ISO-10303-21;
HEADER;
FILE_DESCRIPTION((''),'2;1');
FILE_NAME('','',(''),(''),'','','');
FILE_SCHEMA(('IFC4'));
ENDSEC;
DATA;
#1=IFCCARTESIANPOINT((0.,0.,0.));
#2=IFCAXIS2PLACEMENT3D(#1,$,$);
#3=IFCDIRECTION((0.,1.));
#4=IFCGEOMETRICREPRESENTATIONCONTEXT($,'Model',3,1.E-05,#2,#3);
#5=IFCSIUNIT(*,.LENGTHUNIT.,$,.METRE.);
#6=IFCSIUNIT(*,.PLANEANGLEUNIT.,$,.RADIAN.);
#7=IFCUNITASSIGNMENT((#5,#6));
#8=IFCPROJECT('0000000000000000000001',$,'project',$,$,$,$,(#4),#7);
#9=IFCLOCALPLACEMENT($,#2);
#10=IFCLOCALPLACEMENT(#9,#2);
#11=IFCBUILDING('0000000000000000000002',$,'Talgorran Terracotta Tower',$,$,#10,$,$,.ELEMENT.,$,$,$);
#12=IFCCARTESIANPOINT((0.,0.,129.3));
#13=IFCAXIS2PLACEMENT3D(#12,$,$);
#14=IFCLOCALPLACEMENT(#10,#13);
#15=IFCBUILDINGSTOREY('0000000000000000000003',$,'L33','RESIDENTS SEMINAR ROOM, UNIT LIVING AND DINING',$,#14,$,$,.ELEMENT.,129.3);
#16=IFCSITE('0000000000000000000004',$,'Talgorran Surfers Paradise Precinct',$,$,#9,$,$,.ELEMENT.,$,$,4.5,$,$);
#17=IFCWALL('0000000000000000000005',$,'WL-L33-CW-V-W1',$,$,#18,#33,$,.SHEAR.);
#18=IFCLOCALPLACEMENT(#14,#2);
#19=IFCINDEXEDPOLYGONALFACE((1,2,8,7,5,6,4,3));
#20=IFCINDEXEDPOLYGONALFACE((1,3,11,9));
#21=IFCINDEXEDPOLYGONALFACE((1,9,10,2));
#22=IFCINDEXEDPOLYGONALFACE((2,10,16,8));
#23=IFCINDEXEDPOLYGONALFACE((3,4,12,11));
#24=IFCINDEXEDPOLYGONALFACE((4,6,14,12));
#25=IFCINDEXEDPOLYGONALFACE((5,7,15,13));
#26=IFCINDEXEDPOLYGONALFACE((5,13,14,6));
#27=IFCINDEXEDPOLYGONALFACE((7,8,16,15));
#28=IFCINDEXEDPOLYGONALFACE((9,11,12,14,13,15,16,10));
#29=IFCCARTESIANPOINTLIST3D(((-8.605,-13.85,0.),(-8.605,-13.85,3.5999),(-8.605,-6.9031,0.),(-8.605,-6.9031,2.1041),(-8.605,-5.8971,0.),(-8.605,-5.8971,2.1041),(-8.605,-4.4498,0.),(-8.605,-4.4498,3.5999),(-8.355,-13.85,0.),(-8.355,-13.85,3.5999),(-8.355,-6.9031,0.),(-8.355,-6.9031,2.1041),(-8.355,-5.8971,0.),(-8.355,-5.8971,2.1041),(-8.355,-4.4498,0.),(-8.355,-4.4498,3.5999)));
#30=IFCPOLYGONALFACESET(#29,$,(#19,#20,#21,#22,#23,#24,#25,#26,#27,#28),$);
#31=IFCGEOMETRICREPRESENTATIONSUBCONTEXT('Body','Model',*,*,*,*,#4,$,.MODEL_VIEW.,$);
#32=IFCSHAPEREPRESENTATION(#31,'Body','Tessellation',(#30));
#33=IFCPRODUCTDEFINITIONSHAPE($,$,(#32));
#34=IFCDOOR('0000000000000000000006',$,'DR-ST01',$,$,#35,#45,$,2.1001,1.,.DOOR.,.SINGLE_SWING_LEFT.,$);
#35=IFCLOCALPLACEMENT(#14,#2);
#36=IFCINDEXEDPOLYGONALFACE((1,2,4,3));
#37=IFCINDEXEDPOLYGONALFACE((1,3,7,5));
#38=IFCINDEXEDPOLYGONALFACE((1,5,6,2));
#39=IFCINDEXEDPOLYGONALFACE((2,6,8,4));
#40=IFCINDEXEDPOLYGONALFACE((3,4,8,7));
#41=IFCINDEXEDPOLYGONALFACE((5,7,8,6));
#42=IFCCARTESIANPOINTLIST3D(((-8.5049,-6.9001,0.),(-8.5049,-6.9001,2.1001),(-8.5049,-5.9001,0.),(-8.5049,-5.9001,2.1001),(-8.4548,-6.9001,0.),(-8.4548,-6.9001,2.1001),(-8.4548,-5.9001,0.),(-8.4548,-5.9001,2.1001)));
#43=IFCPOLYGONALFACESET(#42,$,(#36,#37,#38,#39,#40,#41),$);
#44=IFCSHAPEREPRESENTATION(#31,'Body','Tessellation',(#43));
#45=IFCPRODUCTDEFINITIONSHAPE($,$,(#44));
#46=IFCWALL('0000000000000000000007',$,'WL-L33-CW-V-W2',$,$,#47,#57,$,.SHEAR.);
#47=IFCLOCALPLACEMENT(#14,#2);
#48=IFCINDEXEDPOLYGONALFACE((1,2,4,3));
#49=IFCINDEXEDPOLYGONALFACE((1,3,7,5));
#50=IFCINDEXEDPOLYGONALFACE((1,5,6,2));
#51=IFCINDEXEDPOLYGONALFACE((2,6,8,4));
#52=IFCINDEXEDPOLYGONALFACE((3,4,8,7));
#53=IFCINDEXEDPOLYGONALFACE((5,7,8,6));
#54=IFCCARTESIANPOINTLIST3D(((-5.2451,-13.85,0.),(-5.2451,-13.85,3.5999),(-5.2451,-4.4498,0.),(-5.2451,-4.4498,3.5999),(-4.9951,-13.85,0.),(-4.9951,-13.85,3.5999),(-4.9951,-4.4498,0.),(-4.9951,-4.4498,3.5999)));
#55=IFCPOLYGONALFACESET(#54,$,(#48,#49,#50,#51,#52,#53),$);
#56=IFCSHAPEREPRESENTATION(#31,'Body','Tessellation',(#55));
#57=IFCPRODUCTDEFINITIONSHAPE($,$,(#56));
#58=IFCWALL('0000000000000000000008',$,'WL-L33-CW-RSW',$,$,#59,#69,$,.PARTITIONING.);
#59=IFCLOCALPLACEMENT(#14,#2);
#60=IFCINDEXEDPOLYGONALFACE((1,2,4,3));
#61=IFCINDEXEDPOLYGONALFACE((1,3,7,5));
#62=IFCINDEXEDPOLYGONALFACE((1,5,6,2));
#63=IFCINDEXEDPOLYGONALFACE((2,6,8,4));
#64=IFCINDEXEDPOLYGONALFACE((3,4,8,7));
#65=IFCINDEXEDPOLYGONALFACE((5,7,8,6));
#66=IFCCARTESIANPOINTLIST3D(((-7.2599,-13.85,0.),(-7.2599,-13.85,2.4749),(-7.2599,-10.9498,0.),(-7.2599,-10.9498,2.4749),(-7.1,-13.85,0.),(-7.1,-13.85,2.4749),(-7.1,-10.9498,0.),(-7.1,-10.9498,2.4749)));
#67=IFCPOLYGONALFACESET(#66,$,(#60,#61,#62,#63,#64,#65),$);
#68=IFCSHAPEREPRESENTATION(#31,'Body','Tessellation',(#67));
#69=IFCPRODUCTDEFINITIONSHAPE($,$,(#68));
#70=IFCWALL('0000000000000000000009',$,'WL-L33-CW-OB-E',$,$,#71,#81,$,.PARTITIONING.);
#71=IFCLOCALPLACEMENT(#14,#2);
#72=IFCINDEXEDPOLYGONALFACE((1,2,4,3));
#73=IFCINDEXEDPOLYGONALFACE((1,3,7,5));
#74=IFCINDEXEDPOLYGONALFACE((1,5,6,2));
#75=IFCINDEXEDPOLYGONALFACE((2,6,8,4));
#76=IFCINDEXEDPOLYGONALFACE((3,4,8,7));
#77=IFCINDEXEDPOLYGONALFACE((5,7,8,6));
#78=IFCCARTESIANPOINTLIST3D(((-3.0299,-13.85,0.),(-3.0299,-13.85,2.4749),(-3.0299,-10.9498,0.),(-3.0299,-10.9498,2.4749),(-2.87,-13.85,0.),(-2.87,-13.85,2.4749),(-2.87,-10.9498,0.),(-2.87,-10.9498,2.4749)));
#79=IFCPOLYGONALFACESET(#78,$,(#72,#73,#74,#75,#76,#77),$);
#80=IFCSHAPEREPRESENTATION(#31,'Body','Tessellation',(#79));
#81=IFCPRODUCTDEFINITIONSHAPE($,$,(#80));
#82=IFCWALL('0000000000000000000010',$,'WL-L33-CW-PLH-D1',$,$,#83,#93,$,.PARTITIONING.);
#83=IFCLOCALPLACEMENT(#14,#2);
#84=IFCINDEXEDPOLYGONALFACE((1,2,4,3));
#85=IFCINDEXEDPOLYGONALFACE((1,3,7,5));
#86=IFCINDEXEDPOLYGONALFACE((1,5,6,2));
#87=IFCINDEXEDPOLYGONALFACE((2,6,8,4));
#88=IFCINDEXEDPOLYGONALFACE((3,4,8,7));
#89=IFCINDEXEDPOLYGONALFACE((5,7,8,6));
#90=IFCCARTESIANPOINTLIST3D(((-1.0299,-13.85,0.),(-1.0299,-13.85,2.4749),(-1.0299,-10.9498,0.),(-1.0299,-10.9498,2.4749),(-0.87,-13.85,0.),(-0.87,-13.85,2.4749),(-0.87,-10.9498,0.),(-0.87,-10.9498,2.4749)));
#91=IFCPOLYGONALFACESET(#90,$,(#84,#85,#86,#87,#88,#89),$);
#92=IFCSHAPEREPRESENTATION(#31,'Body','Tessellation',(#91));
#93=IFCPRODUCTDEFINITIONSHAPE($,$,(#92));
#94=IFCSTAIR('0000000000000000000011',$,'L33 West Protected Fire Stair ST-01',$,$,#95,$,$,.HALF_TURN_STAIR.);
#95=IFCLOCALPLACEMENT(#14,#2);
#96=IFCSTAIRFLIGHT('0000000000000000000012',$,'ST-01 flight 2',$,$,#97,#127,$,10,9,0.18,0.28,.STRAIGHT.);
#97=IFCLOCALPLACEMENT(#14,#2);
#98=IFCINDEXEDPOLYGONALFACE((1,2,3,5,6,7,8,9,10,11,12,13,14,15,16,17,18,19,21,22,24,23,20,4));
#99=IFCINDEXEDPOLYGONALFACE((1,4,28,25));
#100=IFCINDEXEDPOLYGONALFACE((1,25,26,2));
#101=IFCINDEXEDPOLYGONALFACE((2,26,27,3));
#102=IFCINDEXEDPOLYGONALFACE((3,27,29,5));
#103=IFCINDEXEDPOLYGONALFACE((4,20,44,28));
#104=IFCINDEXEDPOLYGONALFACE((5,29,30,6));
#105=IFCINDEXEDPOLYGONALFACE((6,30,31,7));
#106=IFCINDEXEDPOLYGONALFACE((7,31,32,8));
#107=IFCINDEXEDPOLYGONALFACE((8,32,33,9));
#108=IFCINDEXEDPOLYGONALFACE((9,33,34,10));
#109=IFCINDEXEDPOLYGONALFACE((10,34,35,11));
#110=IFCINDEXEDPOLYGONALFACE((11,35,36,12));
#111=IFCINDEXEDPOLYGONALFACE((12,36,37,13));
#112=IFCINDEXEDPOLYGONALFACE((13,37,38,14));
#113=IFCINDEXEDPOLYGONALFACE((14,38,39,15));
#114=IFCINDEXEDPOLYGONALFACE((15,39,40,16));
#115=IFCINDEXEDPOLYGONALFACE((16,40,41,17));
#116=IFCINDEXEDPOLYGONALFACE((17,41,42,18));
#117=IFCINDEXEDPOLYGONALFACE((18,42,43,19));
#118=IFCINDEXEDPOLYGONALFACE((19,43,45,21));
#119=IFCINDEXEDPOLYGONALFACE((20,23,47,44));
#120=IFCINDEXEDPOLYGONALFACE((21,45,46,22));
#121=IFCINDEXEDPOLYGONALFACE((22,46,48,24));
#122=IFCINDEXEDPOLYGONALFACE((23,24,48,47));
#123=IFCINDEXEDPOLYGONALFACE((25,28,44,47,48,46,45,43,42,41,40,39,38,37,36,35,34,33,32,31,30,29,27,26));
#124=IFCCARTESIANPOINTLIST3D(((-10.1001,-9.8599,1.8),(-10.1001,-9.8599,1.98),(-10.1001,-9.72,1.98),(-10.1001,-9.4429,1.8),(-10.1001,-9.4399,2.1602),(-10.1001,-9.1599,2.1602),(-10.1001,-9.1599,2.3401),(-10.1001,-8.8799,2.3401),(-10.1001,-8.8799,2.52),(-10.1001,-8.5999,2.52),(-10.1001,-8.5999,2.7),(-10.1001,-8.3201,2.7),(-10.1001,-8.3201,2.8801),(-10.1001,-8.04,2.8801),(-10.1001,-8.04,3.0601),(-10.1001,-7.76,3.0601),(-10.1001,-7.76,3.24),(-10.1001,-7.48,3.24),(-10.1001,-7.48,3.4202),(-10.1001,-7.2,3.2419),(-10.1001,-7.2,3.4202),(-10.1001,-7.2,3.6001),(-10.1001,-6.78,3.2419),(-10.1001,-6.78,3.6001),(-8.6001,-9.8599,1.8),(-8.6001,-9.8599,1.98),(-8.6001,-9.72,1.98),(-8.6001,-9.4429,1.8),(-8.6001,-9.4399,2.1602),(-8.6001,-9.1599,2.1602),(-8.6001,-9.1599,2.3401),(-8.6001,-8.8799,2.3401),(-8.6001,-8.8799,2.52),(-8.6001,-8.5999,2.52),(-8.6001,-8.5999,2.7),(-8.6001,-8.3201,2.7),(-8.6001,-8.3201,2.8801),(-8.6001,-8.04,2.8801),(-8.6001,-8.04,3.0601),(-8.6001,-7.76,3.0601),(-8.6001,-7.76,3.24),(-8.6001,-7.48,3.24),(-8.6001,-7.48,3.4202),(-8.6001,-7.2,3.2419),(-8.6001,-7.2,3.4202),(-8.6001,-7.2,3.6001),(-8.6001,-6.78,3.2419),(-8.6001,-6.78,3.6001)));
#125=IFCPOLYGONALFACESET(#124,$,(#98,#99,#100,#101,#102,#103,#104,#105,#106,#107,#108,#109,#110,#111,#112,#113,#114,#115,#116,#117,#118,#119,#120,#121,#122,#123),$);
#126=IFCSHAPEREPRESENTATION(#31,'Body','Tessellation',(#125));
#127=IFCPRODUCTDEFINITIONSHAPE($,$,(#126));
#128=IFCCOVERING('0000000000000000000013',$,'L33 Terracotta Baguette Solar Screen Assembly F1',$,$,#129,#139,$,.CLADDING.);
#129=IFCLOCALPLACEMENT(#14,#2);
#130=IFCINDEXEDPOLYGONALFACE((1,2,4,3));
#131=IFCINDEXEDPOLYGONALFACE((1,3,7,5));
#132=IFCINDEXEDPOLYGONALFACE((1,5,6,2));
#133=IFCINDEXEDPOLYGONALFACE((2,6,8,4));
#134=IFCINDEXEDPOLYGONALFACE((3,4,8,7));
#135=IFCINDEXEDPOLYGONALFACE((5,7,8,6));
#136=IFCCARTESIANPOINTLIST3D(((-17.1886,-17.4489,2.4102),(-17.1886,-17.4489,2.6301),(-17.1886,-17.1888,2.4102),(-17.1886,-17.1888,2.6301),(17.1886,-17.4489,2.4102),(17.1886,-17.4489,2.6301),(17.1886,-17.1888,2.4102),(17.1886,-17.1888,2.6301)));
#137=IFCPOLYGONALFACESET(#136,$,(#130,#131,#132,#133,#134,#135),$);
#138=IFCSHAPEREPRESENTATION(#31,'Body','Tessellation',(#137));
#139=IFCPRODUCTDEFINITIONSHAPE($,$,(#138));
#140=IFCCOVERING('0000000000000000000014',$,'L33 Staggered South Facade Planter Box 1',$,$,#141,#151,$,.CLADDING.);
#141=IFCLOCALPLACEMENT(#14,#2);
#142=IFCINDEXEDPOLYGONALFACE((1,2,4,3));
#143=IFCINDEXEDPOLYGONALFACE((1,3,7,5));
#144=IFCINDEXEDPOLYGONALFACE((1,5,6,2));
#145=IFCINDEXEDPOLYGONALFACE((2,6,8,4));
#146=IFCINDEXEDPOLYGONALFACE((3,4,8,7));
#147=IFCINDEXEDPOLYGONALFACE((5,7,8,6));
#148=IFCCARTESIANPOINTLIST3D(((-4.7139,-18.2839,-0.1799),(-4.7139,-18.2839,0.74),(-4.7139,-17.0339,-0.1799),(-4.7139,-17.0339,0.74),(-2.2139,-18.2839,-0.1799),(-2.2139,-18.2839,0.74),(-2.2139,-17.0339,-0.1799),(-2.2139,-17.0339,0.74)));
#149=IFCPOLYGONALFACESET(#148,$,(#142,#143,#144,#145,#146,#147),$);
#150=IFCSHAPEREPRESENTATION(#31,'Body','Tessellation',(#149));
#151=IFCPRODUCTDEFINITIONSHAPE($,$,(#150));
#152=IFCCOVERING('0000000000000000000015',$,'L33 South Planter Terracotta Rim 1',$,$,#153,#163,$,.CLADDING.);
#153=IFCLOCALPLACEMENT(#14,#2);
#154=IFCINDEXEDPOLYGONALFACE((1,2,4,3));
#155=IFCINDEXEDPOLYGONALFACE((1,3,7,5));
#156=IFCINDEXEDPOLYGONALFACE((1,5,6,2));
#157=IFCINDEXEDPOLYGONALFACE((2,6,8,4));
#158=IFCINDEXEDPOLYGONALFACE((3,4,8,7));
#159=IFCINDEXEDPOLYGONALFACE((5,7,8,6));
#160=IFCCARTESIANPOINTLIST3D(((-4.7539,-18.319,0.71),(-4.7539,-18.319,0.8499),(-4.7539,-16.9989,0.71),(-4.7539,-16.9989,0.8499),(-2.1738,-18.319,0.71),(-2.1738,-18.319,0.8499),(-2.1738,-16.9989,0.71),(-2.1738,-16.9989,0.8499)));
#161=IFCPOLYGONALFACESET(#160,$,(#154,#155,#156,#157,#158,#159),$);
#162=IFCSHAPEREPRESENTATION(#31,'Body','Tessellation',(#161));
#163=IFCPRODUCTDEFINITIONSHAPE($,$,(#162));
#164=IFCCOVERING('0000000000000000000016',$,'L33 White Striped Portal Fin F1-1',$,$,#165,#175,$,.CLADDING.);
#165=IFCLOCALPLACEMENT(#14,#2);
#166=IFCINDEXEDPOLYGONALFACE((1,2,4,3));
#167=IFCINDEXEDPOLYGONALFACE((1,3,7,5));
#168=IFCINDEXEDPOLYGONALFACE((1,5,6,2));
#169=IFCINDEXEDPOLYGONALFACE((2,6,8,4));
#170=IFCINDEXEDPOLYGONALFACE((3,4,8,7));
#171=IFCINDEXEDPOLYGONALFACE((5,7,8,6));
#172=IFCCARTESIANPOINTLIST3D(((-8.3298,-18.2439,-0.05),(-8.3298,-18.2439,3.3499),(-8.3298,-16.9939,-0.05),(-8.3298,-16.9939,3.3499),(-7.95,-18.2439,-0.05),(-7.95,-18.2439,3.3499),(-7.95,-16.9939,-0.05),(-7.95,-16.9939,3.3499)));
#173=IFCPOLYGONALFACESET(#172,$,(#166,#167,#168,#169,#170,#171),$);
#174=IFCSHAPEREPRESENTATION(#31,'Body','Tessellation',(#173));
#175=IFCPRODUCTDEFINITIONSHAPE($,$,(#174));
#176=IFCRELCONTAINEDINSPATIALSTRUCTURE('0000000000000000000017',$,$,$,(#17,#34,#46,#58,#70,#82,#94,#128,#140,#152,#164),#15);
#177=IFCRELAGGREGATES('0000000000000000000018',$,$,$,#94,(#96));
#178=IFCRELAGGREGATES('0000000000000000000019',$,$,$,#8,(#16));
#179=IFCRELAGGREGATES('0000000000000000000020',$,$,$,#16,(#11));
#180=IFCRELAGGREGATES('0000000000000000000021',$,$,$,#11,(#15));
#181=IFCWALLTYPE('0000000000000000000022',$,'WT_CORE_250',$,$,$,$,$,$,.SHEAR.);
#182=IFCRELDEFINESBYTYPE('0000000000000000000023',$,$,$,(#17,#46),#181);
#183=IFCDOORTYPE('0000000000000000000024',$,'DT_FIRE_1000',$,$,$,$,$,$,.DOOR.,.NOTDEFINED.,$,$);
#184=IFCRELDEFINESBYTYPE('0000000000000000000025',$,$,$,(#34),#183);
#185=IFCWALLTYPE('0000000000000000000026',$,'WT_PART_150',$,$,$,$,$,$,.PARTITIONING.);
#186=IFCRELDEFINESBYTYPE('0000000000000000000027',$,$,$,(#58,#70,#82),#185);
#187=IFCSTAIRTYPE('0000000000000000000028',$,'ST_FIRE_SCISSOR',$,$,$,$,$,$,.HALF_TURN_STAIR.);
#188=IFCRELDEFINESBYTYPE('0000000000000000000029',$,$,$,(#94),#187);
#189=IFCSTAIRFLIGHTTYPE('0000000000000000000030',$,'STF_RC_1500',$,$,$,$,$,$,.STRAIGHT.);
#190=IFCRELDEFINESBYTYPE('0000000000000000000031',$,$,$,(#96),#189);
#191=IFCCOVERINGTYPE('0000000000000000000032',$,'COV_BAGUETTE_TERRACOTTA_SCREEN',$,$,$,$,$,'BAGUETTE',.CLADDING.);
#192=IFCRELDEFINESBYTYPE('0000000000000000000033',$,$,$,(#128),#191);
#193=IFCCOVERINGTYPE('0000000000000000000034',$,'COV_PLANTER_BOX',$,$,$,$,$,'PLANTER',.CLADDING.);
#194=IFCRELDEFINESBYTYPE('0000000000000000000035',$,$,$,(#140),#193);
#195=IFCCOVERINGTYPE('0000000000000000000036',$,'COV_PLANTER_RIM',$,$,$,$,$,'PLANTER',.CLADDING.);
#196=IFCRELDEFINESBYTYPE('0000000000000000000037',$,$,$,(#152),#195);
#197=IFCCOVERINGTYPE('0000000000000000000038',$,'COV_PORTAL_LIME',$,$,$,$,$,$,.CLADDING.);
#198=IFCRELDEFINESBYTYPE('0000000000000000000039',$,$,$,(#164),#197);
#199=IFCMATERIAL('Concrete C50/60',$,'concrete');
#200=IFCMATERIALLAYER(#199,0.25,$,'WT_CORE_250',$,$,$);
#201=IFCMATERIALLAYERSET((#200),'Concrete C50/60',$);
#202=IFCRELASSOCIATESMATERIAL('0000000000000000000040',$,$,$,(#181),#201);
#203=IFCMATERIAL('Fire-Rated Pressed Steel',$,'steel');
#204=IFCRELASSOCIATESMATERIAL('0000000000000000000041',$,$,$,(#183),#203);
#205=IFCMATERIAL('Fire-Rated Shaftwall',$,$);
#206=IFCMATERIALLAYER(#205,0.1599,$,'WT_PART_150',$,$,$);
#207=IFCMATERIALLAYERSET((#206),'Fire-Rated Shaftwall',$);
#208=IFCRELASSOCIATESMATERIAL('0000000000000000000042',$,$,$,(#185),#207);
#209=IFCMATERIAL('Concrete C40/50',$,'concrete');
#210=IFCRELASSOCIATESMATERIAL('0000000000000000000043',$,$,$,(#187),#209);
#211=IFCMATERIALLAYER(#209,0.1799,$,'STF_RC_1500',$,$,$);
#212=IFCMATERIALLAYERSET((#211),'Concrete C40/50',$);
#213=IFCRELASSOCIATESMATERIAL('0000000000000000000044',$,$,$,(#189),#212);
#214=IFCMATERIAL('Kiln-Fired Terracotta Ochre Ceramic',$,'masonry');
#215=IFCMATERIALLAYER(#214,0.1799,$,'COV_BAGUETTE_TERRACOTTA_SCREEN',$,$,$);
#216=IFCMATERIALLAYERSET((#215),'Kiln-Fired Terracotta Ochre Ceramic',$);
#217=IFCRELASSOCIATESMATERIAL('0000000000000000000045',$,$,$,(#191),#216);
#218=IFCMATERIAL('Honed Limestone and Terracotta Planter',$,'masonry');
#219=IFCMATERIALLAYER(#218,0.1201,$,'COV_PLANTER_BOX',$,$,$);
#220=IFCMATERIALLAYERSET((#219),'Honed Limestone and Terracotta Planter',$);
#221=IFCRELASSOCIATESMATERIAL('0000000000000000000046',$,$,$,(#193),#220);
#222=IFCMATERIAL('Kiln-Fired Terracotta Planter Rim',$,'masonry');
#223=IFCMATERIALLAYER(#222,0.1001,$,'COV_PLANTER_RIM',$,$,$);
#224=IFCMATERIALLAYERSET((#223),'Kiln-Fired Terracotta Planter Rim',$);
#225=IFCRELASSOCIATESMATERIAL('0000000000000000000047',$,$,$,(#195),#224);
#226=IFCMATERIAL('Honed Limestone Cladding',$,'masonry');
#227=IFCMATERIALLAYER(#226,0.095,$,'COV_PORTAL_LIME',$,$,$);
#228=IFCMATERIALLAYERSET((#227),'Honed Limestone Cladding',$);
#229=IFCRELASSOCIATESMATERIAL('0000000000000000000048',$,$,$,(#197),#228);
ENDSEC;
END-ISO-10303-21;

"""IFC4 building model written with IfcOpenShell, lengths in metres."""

from ifc_helpers import new_model, si_unit, direction, frame, frame_2d, origin, origin_2d, place, context, subcontext, project, spatial, polyline, rectangle, outline, extrude, material, layer, layer_set, type_object, element, fill, aggregate, save


model = new_model("IFC4")

# Units and contexts
model_context = context("Model", 3, precision=1e-05, world=origin(), true_north=direction((0.0, 1.0)))
body_context = subcontext(model_context, "Body", "Model", "MODEL_VIEW")
ifc_project = project(units=[si_unit("LENGTHUNIT", "METRE"), si_unit("PLANEANGLEUNIT", "RADIAN")], contexts=[model_context])

# Site, building, storey
site_placement = place(None, origin())
site = spatial("IfcSite", under=ifc_project, at=site_placement, Name="Talgorran Surfers Paradise Precinct", CompositionType="ELEMENT", RefElevation=4.5)
building_placement = place(site_placement, origin())
building = spatial("IfcBuilding", under=site, at=building_placement, Name="Talgorran Terracotta Tower", CompositionType="ELEMENT")
storey_placement = place(building_placement, frame((0.0, 0.0, 129.3)))
storey = spatial("IfcBuildingStorey", under=building, at=storey_placement, Name="L33", Description="RESIDENTS SEMINAR ROOM, UNIT LIVING AND DINING", CompositionType="ELEMENT", Elevation=129.3)

# Shared definitions
ifc_material_1 = material(Name="Concrete C50/60", Category="concrete")

# Shared definitions
ifc_material_2 = material(Name="Fire-Rated Pressed Steel", Category="steel")

# Wall, opening, door
ifc_layer_1 = layer(ifc_material_1, 0.25, Name="WT_CORE_250")
ifc_layer_set_1 = layer_set([ifc_layer_1], Name="Concrete C50/60")
wall_type_1 = type_object("IfcWallType", Name="WT_CORE_250", PredefinedType="SHEAR", material=ifc_layer_set_1)
wall_1_placement = place(storey_placement, frame((-8.48, -13.8501, 0.0), z_axis=(0.0, 0.0, 1.0), x_axis=(0.0, 1.0, 0.0)))
wall_1 = element("IfcWall", 1, at=wall_1_placement, inside=storey, type_object=wall_type_1, Name="WL-L33-CW-V-W1", PredefinedType="SHEAR", context=body_context, shape_type="SweptSolid", body=[
    extrude(rectangle(XDim=9.4001, YDim=0.25, at=frame_2d((4.7002, 0.0))), origin(), (0.0, 0.0, 1.0), 3.5999),
])
opening_1_placement = place(wall_1_placement, frame((6.95, 0.0, 0.0)))
opening_1 = element("IfcOpeningElement", 2, at=opening_1_placement, cuts=wall_1, PredefinedType="OPENING", context=body_context, shape_type="SweptSolid", body=[
    extrude(rectangle(XDim=1.006, YDim=2.1041, at=frame_2d((0.5, 1.052))), frame((0.0, 0.135, 0.0), z_axis=(0.0, -1.0, 0.0), x_axis=(1.0, 0.0, 0.0)), (0.0, 0.0, 1.0), 0.27),
])
door_type_1 = type_object("IfcDoorType", Name="DT_FIRE_1000", OperationType="NOTDEFINED", PredefinedType="DOOR", material=ifc_material_2)
door_1_placement = place(opening_1_placement, origin())
door_1 = element("IfcDoor", 3, at=door_1_placement, inside=storey, type_object=door_type_1, Name="DR-ST01", OperationType="SINGLE_SWING_LEFT", OverallHeight=2.1001, OverallWidth=1.0, PredefinedType="DOOR", context=body_context, shape_type="SweptSolid", body=[
    extrude(rectangle(XDim=1.0, YDim=2.1001, at=frame_2d((0.5, 1.05))), frame((0.0, 0.0249, 0.0), z_axis=(0.0, -1.0, 0.0), x_axis=(1.0, 0.0, 0.0)), (0.0, 0.0, 1.0), 0.05),
])
fill(opening_1, door_1)

# Walls
wall_2_placement = place(storey_placement, frame((-5.1201, -13.8501, 0.0), z_axis=(0.0, 0.0, 1.0), x_axis=(0.0, 1.0, 0.0)))
element("IfcWall", 4, at=wall_2_placement, inside=storey, type_object=wall_type_1, Name="WL-L33-CW-V-W2", PredefinedType="SHEAR", context=body_context, shape_type="SweptSolid", body=[
    extrude(rectangle(XDim=9.4001, YDim=0.25, at=frame_2d((4.7002, 0.0))), origin(), (0.0, 0.0, 1.0), 3.5999),
])
ifc_material_3 = material(Name="Fire-Rated Shaftwall")
ifc_layer_2 = layer(ifc_material_3, 0.1599, Name="WT_PART_150")
ifc_layer_set_2 = layer_set([ifc_layer_2], Name="Fire-Rated Shaftwall")
wall_type_2 = type_object("IfcWallType", Name="WT_PART_150", PredefinedType="PARTITIONING", material=ifc_layer_set_2)
for number, where, z_axis, x_axis, name in (
    (5, (-7.1799, -13.8501, 0.0), (0.0, 0.0, 1.0), (0.0, 1.0, 0.0), "WL-L33-CW-RSW"),
    (6, (-2.95, -13.8501, 0.0), (0.0, 0.0, 1.0), (0.0, 1.0, 0.0), "WL-L33-CW-OB-E"),
    (7, (-0.95, -13.8501, 0.0), (0.0, 0.0, 1.0), (0.0, 1.0, 0.0), "WL-L33-CW-PLH-D1"),
):
    element("IfcWall", number, at=place(storey_placement, frame(where, z_axis=z_axis, x_axis=x_axis)), inside=storey, type_object=wall_type_2, Name=name, PredefinedType="PARTITIONING", context=body_context, shape_type="SweptSolid", body=[
        extrude(rectangle(XDim=2.9001, YDim=0.1599, at=frame_2d((1.4502, 0.0))), origin(), (0.0, 0.0, 1.0), 2.4749),
    ])

# Stair, stair flight
ifc_material_4 = material(Name="Concrete C40/50", Category="concrete")
stair_type = type_object("IfcStairType", Name="ST_FIRE_SCISSOR", PredefinedType="HALF_TURN_STAIR", material=ifc_material_4)
stair_placement = place(storey_placement, origin())
stair = element("IfcStair", 8, at=stair_placement, inside=storey, type_object=stair_type, Name="L33 West Protected Fire Stair ST-01", PredefinedType="HALF_TURN_STAIR")
ifc_layer_3 = layer(ifc_material_4, 0.1799, Name="STF_RC_1500")
ifc_layer_set_3 = layer_set([ifc_layer_3], Name="Concrete C40/50")
stair_flight_type = type_object("IfcStairFlightType", Name="STF_RC_1500", PredefinedType="STRAIGHT", material=ifc_layer_set_3)
stair_flight_placement = place(storey_placement, frame((-9.3501, -9.72, 1.8), z_axis=(0.0, 0.0, 1.0), x_axis=(0.0, 1.0, 0.0)))
stair_flight = element("IfcStairFlight", 9, at=stair_flight_placement, type_object=stair_flight_type, Name="ST-01 flight 2", NumberOfRisers=10, NumberOfTreads=9, PredefinedType="STRAIGHT", RiserHeight=0.18, TreadLength=0.28, context=body_context, shape_type="SweptSolid", body=[
    extrude(outline(polyline([(-0.1399, 0.0), (-0.1399, 0.1799), (0.0, 0.1799), (0.28, 0.3601), (0.5601, 0.3601), (0.5601, 0.54), (0.8401, 0.54), (0.8401, 0.72), (1.1201, 0.72), (1.1201, 0.8999), (1.3999, 0.8999), (1.3999, 1.0801), (1.6799, 1.0801), (1.6799, 1.26), (1.96, 1.26), (1.96, 1.4399), (2.24, 1.4399), (2.24, 1.6201), (2.52, 1.6201), (2.52, 1.8), (2.9399, 1.8), (2.9399, 1.4419), (2.52, 1.4419), (0.2771, 0.0), (-0.1399, 0.0)])), frame((0.0, 0.75, 0.0), z_axis=(0.0, -1.0, 0.0), x_axis=(1.0, 0.0, 0.0)), (0.0, 0.0, 1.0), 1.5),
])
aggregate(stair, [stair_flight])

# Coverings
ifc_material_5 = material(Name="Kiln-Fired Terracotta Ochre Ceramic", Category="masonry")
ifc_layer_4 = layer(ifc_material_5, 0.1799, Name="COV_BAGUETTE_TERRACOTTA_SCREEN")
ifc_layer_set_4 = layer_set([ifc_layer_4], Name="Kiln-Fired Terracotta Ochre Ceramic")
covering_type_1 = type_object("IfcCoveringType", Name="COV_BAGUETTE_TERRACOTTA_SCREEN", ElementType="BAGUETTE", PredefinedType="CLADDING", material=ifc_layer_set_4)
covering_1_placement = place(storey_placement, frame((0.0, -17.3188, 2.4102), z_axis=(0.0, 0.0, 1.0), x_axis=(1.0, 0.0, 0.0)))
element("IfcCovering", 10, at=covering_1_placement, inside=storey, type_object=covering_type_1, Name="L33 Terracotta Baguette Solar Screen Assembly F1", PredefinedType="CLADDING", context=body_context, shape_type="SweptSolid", body=[
    extrude(rectangle(XDim=34.3772, YDim=0.26, at=origin_2d()), origin(), (0.0, 0.0, 1.0), 0.22),
])
ifc_material_6 = material(Name="Honed Limestone and Terracotta Planter", Category="masonry")
ifc_layer_5 = layer(ifc_material_6, 0.1201, Name="COV_PLANTER_BOX")
ifc_layer_set_5 = layer_set([ifc_layer_5], Name="Honed Limestone and Terracotta Planter")
covering_type_2 = type_object("IfcCoveringType", Name="COV_PLANTER_BOX", ElementType="PLANTER", PredefinedType="CLADDING", material=ifc_layer_set_5)
covering_2_placement = place(storey_placement, frame((-3.4639, -17.6589, -0.1799), z_axis=(0.0, 0.0, 1.0), x_axis=(1.0, 0.0, 0.0)))
element("IfcCovering", 11, at=covering_2_placement, inside=storey, type_object=covering_type_2, Name="L33 Staggered South Facade Planter Box 1", PredefinedType="CLADDING", context=body_context, shape_type="SweptSolid", body=[
    extrude(rectangle(XDim=2.5, YDim=1.25, at=origin_2d()), origin(), (0.0, 0.0, 1.0), 0.9199),
])
ifc_material_7 = material(Name="Kiln-Fired Terracotta Planter Rim", Category="masonry")
ifc_layer_6 = layer(ifc_material_7, 0.1001, Name="COV_PLANTER_RIM")
ifc_layer_set_6 = layer_set([ifc_layer_6], Name="Kiln-Fired Terracotta Planter Rim")
covering_type_3 = type_object("IfcCoveringType", Name="COV_PLANTER_RIM", ElementType="PLANTER", PredefinedType="CLADDING", material=ifc_layer_set_6)
covering_3_placement = place(storey_placement, frame((-3.4639, -17.6589, 0.71), z_axis=(0.0, 0.0, 1.0), x_axis=(1.0, 0.0, 0.0)))
element("IfcCovering", 12, at=covering_3_placement, inside=storey, type_object=covering_type_3, Name="L33 South Planter Terracotta Rim 1", PredefinedType="CLADDING", context=body_context, shape_type="SweptSolid", body=[
    extrude(rectangle(XDim=2.5801, YDim=1.3201, at=origin_2d()), origin(), (0.0, 0.0, 1.0), 0.1399),
])
ifc_material_8 = material(Name="Honed Limestone Cladding", Category="masonry")
ifc_layer_7 = layer(ifc_material_8, 0.095, Name="COV_PORTAL_LIME")
ifc_layer_set_7 = layer_set([ifc_layer_7], Name="Honed Limestone Cladding")
covering_type_4 = type_object("IfcCoveringType", Name="COV_PORTAL_LIME", PredefinedType="CLADDING", material=ifc_layer_set_7)
covering_4_placement = place(storey_placement, frame((-8.1399, -17.6189, -0.05), z_axis=(0.0, 0.0, 1.0), x_axis=(1.0, 0.0, 0.0)))
element("IfcCovering", 13, at=covering_4_placement, inside=storey, type_object=covering_type_4, Name="L33 White Striped Portal Fin F1-1", PredefinedType="CLADDING", context=body_context, shape_type="SweptSolid", body=[
    extrude(rectangle(XDim=0.3799, YDim=1.25, at=origin_2d()), origin(), (0.0, 0.0, 1.0), 3.3999),
])

save(model, "model.ifc")
